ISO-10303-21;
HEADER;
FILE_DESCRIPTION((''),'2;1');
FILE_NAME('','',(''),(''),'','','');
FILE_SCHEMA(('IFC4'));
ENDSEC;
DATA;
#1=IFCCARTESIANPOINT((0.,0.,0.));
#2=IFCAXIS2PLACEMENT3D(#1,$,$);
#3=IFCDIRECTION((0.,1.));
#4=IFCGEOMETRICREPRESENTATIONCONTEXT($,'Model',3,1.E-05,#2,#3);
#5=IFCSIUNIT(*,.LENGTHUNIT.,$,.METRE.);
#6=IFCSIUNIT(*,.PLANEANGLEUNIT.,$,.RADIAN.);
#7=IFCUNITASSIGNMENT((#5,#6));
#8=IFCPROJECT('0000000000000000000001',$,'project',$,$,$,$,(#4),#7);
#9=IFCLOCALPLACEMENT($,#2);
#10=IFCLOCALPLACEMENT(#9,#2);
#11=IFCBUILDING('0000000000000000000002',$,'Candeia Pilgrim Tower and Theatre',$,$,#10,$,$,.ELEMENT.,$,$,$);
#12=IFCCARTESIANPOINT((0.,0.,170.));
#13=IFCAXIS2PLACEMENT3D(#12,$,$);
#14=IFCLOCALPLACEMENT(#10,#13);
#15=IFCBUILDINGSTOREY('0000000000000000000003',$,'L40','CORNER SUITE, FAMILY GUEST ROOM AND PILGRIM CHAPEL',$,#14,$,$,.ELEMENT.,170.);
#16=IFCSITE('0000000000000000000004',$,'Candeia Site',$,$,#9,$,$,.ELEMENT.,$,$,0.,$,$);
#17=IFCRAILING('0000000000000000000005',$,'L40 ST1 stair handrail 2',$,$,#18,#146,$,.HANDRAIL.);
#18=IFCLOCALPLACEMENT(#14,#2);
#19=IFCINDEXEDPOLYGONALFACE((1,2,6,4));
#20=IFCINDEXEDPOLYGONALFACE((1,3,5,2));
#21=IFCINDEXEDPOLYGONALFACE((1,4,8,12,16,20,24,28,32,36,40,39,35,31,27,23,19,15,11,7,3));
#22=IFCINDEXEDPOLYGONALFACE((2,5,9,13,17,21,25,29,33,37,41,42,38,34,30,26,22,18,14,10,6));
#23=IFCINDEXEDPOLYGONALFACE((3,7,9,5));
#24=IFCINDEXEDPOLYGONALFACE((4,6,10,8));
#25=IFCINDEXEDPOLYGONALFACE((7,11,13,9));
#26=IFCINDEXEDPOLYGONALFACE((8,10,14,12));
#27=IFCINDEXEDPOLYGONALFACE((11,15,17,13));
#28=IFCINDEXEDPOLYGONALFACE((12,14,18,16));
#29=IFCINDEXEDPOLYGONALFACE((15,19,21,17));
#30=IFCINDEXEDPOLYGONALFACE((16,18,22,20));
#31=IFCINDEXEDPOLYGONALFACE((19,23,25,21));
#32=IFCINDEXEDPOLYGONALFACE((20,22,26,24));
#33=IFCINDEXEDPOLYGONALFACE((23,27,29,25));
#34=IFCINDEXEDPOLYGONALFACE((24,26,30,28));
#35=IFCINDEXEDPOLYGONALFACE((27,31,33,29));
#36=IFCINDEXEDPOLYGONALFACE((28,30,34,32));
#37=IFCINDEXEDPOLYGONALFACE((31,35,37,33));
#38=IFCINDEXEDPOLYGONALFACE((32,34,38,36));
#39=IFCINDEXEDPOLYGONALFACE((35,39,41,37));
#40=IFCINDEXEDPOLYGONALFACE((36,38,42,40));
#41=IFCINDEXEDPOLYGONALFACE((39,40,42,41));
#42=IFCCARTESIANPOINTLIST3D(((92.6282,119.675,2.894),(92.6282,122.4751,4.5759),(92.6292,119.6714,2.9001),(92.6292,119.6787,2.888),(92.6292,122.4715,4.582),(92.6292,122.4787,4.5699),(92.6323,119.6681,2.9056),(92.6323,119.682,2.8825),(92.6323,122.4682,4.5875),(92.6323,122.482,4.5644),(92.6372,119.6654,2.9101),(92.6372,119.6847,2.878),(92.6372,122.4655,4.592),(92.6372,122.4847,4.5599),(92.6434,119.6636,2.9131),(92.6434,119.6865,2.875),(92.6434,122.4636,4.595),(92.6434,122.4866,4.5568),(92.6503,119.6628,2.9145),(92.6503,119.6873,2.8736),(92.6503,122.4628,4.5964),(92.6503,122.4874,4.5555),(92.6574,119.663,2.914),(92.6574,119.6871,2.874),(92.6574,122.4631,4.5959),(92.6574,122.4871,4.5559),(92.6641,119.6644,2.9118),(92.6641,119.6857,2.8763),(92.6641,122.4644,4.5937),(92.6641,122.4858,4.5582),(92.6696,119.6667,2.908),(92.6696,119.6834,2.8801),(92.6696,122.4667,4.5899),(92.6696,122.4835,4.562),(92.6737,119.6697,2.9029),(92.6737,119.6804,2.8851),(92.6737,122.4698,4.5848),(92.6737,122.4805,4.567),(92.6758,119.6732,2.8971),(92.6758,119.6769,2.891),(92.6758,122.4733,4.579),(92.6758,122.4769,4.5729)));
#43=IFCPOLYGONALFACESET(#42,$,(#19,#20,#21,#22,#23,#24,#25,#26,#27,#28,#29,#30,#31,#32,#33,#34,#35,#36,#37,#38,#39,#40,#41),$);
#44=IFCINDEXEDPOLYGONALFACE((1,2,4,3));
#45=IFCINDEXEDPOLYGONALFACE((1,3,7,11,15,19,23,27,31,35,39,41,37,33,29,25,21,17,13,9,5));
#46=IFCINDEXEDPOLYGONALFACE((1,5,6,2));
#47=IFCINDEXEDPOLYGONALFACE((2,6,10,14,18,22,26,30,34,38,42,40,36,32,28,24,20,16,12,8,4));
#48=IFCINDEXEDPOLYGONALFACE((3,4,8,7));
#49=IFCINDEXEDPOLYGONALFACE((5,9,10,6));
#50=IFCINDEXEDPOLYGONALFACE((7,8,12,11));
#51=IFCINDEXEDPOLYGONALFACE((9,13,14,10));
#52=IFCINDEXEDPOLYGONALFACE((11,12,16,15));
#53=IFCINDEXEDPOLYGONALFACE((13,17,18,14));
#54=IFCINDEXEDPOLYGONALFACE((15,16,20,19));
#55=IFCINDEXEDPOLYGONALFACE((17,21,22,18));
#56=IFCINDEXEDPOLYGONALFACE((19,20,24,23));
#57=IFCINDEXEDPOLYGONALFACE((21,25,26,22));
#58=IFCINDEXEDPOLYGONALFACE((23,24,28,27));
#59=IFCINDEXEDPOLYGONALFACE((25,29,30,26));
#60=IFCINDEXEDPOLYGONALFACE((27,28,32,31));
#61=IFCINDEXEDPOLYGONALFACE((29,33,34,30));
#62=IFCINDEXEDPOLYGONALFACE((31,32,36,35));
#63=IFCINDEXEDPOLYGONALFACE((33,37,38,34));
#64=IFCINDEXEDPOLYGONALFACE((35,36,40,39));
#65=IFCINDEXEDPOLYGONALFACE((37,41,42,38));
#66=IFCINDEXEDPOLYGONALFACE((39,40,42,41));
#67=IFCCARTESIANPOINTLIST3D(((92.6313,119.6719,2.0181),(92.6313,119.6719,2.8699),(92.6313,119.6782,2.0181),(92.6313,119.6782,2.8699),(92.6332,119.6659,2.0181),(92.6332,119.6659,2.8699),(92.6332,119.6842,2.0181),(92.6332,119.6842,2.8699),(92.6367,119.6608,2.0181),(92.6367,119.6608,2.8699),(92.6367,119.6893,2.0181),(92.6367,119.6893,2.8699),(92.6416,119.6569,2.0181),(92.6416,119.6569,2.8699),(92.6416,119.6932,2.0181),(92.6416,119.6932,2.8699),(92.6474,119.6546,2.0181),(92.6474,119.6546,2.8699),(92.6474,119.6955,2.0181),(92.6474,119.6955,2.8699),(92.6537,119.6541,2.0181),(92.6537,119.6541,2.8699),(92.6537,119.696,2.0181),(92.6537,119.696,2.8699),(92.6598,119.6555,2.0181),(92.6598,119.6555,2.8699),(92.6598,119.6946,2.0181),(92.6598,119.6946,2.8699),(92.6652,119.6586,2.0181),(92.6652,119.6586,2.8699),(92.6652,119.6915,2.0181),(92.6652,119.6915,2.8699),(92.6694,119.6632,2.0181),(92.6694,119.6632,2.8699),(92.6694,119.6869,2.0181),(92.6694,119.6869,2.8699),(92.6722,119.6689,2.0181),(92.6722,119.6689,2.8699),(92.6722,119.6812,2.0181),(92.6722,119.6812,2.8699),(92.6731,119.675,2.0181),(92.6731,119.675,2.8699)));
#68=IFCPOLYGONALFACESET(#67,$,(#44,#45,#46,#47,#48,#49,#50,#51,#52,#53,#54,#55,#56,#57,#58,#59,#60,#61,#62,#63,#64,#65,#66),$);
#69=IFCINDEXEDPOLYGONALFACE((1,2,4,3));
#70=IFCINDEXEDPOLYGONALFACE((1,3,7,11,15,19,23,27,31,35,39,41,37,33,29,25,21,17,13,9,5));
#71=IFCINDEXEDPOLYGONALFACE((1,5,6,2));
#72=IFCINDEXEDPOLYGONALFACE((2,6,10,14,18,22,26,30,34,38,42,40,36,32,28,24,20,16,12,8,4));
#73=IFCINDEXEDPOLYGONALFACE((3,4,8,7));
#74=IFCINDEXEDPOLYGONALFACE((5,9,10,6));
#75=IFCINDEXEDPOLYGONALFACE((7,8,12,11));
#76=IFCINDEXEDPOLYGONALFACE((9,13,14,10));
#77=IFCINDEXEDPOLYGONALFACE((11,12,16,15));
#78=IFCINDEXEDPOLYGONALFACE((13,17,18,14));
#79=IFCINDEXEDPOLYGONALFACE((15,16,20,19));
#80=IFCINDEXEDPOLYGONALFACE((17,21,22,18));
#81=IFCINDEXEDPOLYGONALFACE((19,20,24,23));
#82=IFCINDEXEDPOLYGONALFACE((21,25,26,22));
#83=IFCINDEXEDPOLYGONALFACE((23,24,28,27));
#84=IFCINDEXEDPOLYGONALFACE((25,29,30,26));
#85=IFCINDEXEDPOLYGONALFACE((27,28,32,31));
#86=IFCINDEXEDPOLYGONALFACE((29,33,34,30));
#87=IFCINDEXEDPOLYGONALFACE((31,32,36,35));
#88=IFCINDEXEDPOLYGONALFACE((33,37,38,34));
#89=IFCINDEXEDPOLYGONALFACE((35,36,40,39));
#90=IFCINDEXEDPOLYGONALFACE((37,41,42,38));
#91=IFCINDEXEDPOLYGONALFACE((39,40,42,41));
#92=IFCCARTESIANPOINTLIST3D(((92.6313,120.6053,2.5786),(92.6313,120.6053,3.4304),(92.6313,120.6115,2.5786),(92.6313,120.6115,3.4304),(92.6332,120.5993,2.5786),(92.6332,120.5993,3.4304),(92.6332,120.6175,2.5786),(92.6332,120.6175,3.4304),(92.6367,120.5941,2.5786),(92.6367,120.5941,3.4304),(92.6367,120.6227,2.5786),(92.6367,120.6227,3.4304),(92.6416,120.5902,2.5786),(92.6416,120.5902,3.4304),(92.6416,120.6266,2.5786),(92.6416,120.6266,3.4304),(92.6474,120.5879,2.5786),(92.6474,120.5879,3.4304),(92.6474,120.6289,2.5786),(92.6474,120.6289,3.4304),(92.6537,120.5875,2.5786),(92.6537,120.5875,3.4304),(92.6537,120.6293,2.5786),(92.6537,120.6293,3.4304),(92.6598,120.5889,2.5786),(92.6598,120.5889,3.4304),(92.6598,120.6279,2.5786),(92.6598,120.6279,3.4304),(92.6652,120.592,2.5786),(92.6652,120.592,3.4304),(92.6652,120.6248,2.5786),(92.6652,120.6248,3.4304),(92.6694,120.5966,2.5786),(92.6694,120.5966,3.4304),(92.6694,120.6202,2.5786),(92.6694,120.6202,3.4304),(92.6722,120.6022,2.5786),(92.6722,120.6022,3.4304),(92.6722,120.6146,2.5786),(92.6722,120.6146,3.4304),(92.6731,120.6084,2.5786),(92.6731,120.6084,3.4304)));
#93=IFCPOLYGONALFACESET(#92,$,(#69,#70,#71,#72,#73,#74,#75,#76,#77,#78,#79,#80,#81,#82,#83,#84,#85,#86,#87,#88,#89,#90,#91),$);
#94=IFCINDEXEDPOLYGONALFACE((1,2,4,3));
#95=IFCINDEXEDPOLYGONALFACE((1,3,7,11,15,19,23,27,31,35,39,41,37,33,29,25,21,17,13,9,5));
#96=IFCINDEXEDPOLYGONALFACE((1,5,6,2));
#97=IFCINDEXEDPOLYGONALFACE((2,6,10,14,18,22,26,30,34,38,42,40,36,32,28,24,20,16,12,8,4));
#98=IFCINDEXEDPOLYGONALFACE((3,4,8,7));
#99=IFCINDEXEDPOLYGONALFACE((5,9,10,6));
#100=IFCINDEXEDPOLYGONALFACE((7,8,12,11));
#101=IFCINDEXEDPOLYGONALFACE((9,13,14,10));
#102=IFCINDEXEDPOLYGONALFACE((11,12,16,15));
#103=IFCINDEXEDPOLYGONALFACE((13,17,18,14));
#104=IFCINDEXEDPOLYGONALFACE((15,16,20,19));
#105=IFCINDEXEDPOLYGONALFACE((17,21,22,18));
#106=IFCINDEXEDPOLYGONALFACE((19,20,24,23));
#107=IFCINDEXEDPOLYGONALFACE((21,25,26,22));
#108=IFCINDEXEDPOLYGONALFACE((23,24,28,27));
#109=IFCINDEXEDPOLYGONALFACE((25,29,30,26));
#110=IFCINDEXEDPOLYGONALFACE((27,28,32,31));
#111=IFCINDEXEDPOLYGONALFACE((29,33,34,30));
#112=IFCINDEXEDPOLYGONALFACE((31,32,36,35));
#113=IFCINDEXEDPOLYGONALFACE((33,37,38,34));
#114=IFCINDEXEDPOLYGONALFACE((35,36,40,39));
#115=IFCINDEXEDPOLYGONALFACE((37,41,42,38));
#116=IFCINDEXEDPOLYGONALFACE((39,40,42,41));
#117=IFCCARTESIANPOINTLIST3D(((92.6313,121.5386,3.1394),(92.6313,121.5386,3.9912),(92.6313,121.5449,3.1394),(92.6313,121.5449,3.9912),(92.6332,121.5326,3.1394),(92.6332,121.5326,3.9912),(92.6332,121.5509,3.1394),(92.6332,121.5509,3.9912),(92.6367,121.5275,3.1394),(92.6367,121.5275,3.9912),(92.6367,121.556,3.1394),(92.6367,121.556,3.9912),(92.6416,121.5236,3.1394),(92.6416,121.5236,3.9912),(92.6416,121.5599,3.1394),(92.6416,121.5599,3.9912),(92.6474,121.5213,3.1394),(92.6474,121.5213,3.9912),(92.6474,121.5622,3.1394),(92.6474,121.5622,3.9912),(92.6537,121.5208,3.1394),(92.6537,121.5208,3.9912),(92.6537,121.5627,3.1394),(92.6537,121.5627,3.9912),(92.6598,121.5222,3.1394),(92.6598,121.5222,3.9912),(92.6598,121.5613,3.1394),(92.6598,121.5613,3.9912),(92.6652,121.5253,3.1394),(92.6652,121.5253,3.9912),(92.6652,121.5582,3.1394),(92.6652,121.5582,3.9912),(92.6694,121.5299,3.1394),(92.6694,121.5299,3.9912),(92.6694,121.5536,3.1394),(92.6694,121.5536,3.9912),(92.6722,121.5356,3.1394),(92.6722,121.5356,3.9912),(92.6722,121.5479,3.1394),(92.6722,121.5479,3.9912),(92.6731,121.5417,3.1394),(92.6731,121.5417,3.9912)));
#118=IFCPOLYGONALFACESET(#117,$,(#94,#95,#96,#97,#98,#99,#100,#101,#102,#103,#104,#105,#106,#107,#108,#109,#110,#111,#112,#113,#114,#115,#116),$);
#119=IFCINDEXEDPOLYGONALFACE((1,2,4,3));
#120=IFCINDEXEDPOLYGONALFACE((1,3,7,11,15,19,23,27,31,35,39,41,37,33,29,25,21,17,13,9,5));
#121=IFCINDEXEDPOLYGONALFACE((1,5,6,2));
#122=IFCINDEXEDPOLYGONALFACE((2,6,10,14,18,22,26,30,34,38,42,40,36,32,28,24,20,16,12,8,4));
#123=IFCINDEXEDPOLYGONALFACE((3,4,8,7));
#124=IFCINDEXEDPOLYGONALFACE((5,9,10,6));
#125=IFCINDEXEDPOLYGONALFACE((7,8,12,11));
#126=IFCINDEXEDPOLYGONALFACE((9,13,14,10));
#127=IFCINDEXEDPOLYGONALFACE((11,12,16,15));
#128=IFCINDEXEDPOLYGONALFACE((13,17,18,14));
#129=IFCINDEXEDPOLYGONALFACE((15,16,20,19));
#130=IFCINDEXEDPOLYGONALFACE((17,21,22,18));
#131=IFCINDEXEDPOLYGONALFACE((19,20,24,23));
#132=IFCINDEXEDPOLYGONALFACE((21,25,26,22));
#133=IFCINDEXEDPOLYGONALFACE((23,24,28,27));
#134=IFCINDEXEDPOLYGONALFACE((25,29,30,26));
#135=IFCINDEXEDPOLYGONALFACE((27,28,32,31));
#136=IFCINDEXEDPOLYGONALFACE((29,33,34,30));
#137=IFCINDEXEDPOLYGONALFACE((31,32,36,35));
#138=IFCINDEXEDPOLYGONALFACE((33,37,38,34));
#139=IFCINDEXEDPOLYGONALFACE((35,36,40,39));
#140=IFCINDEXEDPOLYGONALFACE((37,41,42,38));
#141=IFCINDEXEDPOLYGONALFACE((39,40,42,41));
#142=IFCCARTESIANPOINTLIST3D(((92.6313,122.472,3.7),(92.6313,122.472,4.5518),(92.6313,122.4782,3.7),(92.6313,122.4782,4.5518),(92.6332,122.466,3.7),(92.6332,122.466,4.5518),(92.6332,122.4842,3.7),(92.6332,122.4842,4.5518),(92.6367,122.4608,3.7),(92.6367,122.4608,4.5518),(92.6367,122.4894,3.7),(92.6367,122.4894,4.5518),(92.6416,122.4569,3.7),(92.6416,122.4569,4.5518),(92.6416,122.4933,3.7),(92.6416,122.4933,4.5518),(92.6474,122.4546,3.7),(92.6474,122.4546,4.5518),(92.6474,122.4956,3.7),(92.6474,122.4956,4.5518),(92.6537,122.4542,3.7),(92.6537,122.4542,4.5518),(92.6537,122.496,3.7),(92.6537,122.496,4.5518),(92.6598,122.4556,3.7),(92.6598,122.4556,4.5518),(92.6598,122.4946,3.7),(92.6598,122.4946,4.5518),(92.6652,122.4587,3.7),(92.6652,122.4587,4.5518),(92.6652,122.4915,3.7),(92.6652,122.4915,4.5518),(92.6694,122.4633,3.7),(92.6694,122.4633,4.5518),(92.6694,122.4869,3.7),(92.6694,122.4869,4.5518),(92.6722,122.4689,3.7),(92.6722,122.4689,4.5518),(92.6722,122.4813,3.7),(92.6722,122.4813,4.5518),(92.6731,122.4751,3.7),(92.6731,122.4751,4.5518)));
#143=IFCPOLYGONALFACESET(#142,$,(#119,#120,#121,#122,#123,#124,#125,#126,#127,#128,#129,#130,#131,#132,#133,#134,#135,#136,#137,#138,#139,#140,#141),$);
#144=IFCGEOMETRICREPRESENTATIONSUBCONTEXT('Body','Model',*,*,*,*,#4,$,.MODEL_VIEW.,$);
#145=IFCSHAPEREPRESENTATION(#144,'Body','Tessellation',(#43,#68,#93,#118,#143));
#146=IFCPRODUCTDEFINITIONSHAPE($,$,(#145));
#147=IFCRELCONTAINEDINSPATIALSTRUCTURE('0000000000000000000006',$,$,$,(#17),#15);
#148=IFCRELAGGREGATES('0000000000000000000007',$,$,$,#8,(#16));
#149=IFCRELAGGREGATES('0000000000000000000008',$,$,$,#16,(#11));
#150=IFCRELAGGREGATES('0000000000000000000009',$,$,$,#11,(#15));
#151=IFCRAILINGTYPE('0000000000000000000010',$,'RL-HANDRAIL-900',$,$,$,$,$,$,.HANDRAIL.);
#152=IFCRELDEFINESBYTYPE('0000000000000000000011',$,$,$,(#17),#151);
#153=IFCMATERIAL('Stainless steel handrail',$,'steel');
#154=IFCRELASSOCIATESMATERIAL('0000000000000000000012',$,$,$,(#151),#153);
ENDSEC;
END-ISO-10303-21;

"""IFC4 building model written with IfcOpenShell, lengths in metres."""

from ifc_helpers import new_model, si_unit, direction, frame, origin, origin_2d, place, context, subcontext, project, spatial, circle, extrude, material, type_object, element, save


model = new_model("IFC4")

# Units and contexts
model_context = context("Model", 3, precision=1e-05, world=origin(), true_north=direction((0.0, 1.0)))
body_context = subcontext(model_context, "Body", "Model", "MODEL_VIEW")
ifc_project = project(units=[si_unit("LENGTHUNIT", "METRE"), si_unit("PLANEANGLEUNIT", "RADIAN")], contexts=[model_context])

# Site, building, storey
site_placement = place(None, origin())
site = spatial("IfcSite", under=ifc_project, at=site_placement, Name="Candeia Site", CompositionType="ELEMENT", RefElevation=0.0)
building_placement = place(site_placement, origin())
building = spatial("IfcBuilding", under=site, at=building_placement, Name="Candeia Pilgrim Tower and Theatre", CompositionType="ELEMENT")
storey_placement = place(building_placement, frame((0.0, 0.0, 170.0)))
storey = spatial("IfcBuildingStorey", under=building, at=storey_placement, Name="L40", Description="CORNER SUITE, FAMILY GUEST ROOM AND PILGRIM CHAPEL", CompositionType="ELEMENT", Elevation=170.0)

# Railing
ifc_material_1 = material(Name="Stainless steel handrail", Category="steel")
railing_type_1 = type_object("IfcRailingType", Name="RL-HANDRAIL-900", PredefinedType="HANDRAIL", material=ifc_material_1)
railing_1_placement = place(storey_placement, frame((92.6521, 119.675, 2.0181)))
element("IfcRailing", 1, at=railing_1_placement, inside=storey, type_object=railing_type_1, Name="L40 ST1 stair handrail 2", PredefinedType="HANDRAIL", context=body_context, shape_type="SweptSolid", body=[
    extrude(circle(Radius=0.0239, at=origin_2d()), frame((0.0, 0.0, 0.876), z_axis=(0.0, 0.857242, 0.514913), x_axis=(-1.0, 0.0, 0.0)), (0.0, 0.0, 1.0), 3.2664),
    extrude(circle(Radius=0.021, at=origin_2d()), origin(), (0.0, 0.0, 1.0), 0.8518),
    extrude(circle(Radius=0.021, at=origin_2d()), frame((0.0, 0.9333, 0.5605)), (0.0, 0.0, 1.0), 0.8518),
    extrude(circle(Radius=0.021, at=origin_2d()), frame((0.0, 1.8667, 1.1213)), (0.0, 0.0, 1.0), 0.8518),
    extrude(circle(Radius=0.021, at=origin_2d()), frame((0.0, 2.8, 1.6819)), (0.0, 0.0, 1.0), 0.8518),
])

save(model, "model.ifc")
